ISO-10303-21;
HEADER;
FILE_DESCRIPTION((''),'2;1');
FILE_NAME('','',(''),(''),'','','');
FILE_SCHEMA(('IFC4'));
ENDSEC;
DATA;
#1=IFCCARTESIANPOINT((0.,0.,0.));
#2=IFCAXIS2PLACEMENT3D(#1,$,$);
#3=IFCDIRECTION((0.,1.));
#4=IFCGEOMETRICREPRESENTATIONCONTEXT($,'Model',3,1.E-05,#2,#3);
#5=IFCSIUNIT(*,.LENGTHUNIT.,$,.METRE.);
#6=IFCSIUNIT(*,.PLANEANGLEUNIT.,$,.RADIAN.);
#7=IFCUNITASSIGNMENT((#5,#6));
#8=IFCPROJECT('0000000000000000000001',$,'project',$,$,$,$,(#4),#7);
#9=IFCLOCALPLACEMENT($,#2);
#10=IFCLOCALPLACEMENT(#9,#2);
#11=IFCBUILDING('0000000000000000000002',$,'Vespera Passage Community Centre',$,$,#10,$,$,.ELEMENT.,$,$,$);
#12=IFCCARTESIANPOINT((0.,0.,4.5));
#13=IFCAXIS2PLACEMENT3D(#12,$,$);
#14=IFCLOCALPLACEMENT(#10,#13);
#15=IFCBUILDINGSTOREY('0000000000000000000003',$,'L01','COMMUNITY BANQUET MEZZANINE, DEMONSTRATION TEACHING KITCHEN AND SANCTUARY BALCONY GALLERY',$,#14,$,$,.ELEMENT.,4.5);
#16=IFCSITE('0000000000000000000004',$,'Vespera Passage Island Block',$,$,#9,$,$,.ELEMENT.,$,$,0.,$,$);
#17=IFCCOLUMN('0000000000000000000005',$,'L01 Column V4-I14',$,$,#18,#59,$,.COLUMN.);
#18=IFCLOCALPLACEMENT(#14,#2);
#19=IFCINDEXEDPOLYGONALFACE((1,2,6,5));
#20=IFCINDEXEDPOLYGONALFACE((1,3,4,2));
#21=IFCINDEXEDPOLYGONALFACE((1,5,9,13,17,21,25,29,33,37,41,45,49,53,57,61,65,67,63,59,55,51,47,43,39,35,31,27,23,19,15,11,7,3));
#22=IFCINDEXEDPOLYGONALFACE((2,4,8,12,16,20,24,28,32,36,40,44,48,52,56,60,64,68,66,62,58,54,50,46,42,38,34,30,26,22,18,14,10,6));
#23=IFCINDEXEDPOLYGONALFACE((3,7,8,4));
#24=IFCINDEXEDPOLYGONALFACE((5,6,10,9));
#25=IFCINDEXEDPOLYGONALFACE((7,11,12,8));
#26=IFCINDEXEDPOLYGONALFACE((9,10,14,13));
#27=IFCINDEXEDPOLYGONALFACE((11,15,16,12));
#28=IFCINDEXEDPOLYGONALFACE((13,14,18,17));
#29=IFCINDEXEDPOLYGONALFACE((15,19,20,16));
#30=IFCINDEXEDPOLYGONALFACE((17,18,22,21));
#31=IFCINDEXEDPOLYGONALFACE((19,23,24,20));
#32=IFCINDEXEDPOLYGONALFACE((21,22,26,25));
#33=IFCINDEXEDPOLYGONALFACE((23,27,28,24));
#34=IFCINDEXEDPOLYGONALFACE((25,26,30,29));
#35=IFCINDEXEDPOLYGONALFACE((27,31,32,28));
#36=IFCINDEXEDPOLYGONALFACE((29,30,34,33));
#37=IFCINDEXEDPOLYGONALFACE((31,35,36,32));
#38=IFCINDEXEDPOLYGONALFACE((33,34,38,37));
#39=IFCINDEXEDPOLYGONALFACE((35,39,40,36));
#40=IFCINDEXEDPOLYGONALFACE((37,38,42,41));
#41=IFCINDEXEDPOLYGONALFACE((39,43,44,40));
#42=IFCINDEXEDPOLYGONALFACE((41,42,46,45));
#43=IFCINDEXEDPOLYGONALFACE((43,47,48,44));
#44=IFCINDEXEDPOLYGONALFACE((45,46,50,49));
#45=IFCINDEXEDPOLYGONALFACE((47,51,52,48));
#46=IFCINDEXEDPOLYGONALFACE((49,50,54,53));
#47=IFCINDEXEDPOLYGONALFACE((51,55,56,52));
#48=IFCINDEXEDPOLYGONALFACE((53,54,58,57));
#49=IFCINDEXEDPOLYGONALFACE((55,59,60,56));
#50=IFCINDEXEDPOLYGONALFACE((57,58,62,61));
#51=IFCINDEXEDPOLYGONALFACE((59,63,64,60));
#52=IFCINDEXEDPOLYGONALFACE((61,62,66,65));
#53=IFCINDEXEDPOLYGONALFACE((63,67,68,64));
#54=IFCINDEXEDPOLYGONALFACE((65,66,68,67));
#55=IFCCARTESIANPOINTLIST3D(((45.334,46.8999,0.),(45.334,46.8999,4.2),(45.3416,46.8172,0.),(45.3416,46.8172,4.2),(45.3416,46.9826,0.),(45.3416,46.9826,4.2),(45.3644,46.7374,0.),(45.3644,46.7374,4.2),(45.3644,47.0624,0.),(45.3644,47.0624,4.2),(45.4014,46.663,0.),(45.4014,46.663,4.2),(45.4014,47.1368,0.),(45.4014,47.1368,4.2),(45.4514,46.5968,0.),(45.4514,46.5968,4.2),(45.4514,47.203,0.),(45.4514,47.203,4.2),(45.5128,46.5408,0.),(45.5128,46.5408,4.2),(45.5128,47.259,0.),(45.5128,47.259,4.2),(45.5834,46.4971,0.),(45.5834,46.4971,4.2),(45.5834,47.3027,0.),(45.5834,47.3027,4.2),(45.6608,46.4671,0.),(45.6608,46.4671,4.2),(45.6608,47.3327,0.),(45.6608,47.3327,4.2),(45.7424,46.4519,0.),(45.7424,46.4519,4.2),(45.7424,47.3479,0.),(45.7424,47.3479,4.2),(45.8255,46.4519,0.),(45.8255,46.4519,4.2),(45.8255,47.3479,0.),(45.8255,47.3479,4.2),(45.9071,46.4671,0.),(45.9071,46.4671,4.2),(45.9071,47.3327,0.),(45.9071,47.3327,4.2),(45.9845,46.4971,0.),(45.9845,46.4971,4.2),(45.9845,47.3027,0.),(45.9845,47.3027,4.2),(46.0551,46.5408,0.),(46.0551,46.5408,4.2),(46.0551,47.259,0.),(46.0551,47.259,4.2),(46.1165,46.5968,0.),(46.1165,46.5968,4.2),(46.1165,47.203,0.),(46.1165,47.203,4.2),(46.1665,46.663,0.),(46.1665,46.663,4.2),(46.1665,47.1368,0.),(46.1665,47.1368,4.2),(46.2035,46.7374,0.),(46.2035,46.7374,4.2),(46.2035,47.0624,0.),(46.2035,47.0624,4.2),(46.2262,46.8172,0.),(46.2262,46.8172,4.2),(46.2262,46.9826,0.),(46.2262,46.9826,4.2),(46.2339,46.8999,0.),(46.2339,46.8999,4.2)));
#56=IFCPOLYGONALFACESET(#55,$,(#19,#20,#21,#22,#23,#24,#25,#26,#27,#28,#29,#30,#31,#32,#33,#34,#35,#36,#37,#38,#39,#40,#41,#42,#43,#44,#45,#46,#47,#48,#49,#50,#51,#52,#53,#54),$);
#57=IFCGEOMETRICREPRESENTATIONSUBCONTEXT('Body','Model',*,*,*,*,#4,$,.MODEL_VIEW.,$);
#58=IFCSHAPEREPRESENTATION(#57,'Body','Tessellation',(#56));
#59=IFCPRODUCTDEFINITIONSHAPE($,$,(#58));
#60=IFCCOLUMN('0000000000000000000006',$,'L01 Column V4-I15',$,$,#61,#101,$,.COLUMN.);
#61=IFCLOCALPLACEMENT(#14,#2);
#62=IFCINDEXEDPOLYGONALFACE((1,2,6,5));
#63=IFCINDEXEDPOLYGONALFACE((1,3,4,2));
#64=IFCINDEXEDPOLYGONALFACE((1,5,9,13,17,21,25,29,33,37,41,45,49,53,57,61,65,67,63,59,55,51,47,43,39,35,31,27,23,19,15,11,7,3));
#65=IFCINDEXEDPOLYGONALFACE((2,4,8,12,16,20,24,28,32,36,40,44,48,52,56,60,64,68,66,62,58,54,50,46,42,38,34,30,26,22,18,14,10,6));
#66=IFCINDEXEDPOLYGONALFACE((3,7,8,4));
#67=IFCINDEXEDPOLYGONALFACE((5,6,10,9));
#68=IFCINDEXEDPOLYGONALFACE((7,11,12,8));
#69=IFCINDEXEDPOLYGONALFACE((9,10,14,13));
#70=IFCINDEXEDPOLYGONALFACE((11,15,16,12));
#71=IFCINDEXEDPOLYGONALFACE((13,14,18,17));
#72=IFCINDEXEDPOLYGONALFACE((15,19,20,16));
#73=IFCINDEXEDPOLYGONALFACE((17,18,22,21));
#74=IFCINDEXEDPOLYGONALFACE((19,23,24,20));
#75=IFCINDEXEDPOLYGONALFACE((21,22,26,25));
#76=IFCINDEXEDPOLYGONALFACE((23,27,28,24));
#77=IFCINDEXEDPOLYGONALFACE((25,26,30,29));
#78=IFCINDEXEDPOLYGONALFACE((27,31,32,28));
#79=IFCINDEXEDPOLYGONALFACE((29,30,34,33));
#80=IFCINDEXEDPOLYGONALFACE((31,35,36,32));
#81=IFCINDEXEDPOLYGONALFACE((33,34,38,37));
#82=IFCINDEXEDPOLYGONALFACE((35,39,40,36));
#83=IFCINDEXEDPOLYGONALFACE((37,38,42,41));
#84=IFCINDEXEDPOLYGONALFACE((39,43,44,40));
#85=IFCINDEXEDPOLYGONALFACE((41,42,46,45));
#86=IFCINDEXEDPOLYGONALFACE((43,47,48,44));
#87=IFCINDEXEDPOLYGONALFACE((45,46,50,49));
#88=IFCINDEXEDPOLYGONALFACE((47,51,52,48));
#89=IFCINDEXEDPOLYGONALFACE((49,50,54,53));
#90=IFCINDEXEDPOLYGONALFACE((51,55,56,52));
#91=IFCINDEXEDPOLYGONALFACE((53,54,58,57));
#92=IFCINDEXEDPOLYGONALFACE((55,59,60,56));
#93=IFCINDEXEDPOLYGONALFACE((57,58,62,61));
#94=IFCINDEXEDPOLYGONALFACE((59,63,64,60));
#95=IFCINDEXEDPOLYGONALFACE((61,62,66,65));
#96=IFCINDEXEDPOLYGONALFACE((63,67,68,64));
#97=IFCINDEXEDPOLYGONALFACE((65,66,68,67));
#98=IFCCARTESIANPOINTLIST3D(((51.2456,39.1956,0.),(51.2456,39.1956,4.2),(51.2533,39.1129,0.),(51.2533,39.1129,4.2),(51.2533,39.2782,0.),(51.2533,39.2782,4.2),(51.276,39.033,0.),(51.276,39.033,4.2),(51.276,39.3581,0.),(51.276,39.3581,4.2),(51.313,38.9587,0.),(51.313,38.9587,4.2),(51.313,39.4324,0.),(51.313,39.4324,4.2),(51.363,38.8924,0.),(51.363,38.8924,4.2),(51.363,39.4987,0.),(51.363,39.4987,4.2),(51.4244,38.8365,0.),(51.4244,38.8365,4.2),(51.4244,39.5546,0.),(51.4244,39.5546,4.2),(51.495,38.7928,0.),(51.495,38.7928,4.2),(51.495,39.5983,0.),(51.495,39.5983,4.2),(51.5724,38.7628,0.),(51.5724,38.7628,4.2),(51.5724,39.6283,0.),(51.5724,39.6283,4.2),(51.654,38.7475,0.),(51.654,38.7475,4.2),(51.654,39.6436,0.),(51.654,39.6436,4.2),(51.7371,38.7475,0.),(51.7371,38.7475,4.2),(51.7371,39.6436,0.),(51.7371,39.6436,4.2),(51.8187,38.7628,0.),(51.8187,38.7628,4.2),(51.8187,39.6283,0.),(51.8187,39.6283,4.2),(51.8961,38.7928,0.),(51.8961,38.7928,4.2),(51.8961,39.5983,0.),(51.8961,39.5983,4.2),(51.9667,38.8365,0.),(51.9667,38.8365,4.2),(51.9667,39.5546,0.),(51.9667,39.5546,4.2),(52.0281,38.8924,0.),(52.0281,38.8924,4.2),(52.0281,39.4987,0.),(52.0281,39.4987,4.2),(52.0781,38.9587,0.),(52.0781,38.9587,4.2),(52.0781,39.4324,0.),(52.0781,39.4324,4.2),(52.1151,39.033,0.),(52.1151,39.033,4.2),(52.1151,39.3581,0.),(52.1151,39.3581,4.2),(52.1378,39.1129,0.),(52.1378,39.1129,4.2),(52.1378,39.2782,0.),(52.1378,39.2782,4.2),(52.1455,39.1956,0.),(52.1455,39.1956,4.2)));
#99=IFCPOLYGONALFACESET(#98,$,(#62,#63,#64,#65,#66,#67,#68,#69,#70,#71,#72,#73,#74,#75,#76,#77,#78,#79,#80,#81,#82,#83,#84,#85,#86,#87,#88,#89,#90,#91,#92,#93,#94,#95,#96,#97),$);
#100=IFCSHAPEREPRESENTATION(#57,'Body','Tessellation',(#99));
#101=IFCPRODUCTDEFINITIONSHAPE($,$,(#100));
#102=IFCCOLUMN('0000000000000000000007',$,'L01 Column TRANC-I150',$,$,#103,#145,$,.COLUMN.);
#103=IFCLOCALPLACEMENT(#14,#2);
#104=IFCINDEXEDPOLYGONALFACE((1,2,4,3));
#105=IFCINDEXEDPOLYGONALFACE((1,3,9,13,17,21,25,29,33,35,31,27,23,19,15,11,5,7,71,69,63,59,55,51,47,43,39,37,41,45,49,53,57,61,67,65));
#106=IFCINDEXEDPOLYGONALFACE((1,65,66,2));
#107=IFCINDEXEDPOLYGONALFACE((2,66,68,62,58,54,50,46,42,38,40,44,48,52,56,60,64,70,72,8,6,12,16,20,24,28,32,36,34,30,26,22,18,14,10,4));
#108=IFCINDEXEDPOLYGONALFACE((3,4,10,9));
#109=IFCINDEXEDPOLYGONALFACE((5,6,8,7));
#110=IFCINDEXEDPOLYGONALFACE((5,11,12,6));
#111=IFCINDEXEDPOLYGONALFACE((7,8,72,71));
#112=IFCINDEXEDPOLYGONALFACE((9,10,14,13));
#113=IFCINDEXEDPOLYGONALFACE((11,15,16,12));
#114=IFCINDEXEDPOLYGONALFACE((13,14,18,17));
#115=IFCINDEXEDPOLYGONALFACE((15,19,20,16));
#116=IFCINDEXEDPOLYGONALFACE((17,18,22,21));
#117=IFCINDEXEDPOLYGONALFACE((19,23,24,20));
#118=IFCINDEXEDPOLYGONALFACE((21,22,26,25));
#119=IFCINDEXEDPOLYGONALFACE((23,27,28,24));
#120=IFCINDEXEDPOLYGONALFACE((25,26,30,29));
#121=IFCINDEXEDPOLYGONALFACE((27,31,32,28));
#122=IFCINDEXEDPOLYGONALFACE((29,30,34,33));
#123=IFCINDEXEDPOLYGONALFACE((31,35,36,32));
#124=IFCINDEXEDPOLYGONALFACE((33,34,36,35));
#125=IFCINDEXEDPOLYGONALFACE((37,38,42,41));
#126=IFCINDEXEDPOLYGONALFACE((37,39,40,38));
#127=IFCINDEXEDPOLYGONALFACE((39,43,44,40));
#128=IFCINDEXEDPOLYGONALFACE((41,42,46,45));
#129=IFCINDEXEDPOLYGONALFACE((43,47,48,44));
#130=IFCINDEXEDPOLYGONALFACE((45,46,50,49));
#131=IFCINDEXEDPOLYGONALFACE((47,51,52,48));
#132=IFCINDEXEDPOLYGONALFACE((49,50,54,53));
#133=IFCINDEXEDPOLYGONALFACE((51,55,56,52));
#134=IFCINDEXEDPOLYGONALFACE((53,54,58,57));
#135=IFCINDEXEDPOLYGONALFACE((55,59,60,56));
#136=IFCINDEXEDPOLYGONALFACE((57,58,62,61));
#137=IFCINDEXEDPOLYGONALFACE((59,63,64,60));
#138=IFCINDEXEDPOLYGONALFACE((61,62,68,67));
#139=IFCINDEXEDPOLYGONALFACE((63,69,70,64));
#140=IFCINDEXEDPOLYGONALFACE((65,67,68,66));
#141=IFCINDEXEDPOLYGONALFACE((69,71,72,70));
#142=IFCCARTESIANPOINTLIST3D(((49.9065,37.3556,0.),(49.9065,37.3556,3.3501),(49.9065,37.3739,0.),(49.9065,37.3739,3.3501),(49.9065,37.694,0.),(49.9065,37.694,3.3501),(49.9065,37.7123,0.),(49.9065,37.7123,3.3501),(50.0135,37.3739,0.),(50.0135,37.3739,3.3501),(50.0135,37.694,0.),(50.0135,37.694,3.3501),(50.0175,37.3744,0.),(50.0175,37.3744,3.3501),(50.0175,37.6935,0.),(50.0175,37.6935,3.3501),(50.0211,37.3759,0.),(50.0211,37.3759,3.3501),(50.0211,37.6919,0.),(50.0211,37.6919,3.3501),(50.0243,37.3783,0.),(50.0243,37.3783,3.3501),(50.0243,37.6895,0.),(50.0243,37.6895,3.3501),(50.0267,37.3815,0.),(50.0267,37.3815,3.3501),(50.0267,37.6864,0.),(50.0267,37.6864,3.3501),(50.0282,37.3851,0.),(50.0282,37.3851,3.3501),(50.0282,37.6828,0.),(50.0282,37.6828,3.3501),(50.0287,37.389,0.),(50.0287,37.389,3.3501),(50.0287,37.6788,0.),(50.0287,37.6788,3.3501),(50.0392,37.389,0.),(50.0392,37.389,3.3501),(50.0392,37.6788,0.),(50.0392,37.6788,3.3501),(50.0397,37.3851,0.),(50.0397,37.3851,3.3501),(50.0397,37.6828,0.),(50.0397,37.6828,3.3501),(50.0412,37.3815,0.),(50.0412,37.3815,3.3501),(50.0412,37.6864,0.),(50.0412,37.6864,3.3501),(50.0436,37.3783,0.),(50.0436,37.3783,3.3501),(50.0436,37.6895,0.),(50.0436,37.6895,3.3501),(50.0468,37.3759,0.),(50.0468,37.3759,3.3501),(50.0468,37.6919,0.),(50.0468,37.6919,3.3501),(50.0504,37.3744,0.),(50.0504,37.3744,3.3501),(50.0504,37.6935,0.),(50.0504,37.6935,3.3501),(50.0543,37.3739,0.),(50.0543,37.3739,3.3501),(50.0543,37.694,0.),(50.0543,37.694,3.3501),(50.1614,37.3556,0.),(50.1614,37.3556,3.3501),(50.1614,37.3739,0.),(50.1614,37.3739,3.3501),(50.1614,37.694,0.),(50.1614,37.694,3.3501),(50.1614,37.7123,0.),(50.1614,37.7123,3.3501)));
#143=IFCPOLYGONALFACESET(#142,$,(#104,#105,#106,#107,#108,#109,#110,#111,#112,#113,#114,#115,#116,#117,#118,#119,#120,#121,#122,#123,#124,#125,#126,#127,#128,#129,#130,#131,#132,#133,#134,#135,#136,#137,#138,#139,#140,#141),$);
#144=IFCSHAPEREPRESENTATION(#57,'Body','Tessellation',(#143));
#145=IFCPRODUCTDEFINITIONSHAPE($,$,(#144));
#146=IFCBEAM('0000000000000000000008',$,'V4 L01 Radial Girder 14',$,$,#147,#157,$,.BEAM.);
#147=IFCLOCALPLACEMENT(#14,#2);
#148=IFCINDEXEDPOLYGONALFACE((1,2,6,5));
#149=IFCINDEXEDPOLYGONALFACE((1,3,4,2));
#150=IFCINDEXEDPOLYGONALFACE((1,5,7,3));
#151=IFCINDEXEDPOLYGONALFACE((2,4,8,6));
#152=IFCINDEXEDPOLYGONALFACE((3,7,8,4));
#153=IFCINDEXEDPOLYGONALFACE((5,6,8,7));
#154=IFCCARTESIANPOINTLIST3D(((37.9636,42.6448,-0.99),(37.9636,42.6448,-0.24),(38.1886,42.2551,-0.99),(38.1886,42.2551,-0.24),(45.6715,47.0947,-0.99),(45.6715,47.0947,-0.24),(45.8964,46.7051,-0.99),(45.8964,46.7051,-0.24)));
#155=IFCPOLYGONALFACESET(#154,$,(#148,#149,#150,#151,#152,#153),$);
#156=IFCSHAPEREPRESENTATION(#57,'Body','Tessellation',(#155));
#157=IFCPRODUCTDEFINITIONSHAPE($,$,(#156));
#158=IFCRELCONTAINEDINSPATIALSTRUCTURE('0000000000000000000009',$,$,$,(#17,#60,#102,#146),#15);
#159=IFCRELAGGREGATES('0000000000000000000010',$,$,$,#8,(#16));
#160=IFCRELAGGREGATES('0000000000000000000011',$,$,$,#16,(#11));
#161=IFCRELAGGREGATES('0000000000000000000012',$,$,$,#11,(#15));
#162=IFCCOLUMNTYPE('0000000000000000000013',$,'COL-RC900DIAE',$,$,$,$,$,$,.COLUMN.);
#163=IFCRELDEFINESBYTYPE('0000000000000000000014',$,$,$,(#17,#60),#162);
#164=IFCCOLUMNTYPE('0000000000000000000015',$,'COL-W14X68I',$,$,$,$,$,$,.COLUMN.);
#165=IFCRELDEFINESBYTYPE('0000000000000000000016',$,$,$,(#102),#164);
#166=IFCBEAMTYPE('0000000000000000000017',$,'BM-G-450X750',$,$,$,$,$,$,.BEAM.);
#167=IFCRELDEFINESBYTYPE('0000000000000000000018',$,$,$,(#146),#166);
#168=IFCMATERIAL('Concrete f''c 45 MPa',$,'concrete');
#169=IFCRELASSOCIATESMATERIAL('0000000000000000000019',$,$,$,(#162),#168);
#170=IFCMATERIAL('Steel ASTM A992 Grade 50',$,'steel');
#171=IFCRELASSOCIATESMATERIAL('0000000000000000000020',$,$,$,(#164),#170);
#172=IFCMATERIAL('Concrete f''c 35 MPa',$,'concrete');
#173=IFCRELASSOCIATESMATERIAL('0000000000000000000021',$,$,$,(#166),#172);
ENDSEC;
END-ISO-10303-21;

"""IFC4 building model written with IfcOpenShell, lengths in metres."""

from ifc_helpers import new_model, si_unit, direction, frame, origin, origin_2d, place, context, subcontext, project, spatial, rectangle, circle, i_section, extrude, material, material_profile, profile_set, type_object, element, save


model = new_model("IFC4")

# Units and contexts
model_context = context("Model", 3, precision=1e-05, world=origin(), true_north=direction((0.0, 1.0)))
body_context = subcontext(model_context, "Body", "Model", "MODEL_VIEW")
ifc_project = project(units=[si_unit("LENGTHUNIT", "METRE"), si_unit("PLANEANGLEUNIT", "RADIAN")], contexts=[model_context])

# Site, building, storey
site_placement = place(None, origin())
site = spatial("IfcSite", under=ifc_project, at=site_placement, Name="Vespera Passage Island Block", CompositionType="ELEMENT", RefElevation=0.0)
building_placement = place(site_placement, origin())
building = spatial("IfcBuilding", under=site, at=building_placement, Name="Vespera Passage Community Centre", CompositionType="ELEMENT")
storey_placement = place(building_placement, frame((0.0, 0.0, 4.5)))
storey = spatial("IfcBuildingStorey", under=building, at=storey_placement, Name="L01", Description="COMMUNITY BANQUET MEZZANINE, DEMONSTRATION TEACHING KITCHEN AND SANCTUARY BALCONY GALLERY", CompositionType="ELEMENT", Elevation=4.5)

# Columns
ifc_material_1 = material(Name="Concrete f'c 45 MPa", Category="concrete")
ifc_material_profile_1 = material_profile(ifc_material_1, circle(Radius=0.45, at=origin_2d()), Name="RC900DIA")
ifc_profile_set_1 = profile_set([ifc_material_profile_1], Name="Concrete f'c 45 MPa")
column_type_1 = type_object("IfcColumnType", Name="COL-RC900DIAE", PredefinedType="COLUMN", material=ifc_profile_set_1)
for number, where, z_axis, x_axis, name in (
    (1, (45.7839, 46.8999, 0.0), (0.0, 0.0, 1.0), (1.0, 0.0, 0.0), "L01 Column V4-I14"),
    (2, (51.6956, 39.1956, 0.0), (0.0, 0.0, 1.0), (1.0, 0.0, 0.0), "L01 Column V4-I15"),
):
    element("IfcColumn", number, at=place(storey_placement, frame(where, z_axis=z_axis, x_axis=x_axis)), inside=storey, type_object=column_type_1, Name=name, PredefinedType="COLUMN", context=body_context, shape_type="SweptSolid", body=[
        extrude(circle(Radius=0.45, at=origin_2d()), origin(), (0.0, 0.0, 1.0), 4.2),
    ])
ifc_material_2 = material(Name="Steel ASTM A992 Grade 50", Category="steel")
ifc_material_profile_2 = material_profile(ifc_material_2, i_section(OverallWidth=0.2549, OverallDepth=0.3567, WebThickness=0.0105, FlangeThickness=0.0183, FilletRadius=0.0151, at=origin_2d()), Name="W14X68")
ifc_profile_set_2 = profile_set([ifc_material_profile_2], Name="Steel ASTM A992 Grade 50")
column_type_2 = type_object("IfcColumnType", Name="COL-W14X68I", PredefinedType="COLUMN", material=ifc_profile_set_2)
column_placement = place(storey_placement, frame((50.0339, 37.5339, 0.0), z_axis=(0.0, 0.0, 1.0), x_axis=(1.0, 0.0, 0.0)))
element("IfcColumn", 3, at=column_placement, inside=storey, type_object=column_type_2, Name="L01 Column TRANC-I150", PredefinedType="COLUMN", context=body_context, shape_type="SweptSolid", body=[
    extrude(i_section(OverallWidth=0.2549, OverallDepth=0.3567, WebThickness=0.0105, FlangeThickness=0.0183, FilletRadius=0.0151, at=origin_2d()), origin(), (0.0, 0.0, 1.0), 3.3501),
])

# Beam
ifc_material_3 = material(Name="Concrete f'c 35 MPa", Category="concrete")
ifc_material_profile_3 = material_profile(ifc_material_3, rectangle(XDim=0.45, YDim=0.75, at=origin_2d()), Name="RC450X750")
ifc_profile_set_3 = profile_set([ifc_material_profile_3], Name="Concrete f'c 35 MPa")
beam_type_1 = type_object("IfcBeamType", Name="BM-G-450X750", PredefinedType="BEAM", material=ifc_profile_set_3)
beam_1_placement = place(storey_placement, frame((45.7839, 46.8999, -0.615), z_axis=(-0.866032, -0.499989, 0.0), x_axis=(0.499989, -0.866032, 0.0)))
element("IfcBeam", 4, at=beam_1_placement, inside=storey, type_object=beam_type_1, Name="V4 L01 Radial Girder 14", PredefinedType="BEAM", context=body_context, shape_type="SweptSolid", body=[
    extrude(rectangle(XDim=0.45, YDim=0.75, at=origin_2d()), origin(), (0.0, 0.0, 1.0), 8.9001),
])

save(model, "model.ifc")
